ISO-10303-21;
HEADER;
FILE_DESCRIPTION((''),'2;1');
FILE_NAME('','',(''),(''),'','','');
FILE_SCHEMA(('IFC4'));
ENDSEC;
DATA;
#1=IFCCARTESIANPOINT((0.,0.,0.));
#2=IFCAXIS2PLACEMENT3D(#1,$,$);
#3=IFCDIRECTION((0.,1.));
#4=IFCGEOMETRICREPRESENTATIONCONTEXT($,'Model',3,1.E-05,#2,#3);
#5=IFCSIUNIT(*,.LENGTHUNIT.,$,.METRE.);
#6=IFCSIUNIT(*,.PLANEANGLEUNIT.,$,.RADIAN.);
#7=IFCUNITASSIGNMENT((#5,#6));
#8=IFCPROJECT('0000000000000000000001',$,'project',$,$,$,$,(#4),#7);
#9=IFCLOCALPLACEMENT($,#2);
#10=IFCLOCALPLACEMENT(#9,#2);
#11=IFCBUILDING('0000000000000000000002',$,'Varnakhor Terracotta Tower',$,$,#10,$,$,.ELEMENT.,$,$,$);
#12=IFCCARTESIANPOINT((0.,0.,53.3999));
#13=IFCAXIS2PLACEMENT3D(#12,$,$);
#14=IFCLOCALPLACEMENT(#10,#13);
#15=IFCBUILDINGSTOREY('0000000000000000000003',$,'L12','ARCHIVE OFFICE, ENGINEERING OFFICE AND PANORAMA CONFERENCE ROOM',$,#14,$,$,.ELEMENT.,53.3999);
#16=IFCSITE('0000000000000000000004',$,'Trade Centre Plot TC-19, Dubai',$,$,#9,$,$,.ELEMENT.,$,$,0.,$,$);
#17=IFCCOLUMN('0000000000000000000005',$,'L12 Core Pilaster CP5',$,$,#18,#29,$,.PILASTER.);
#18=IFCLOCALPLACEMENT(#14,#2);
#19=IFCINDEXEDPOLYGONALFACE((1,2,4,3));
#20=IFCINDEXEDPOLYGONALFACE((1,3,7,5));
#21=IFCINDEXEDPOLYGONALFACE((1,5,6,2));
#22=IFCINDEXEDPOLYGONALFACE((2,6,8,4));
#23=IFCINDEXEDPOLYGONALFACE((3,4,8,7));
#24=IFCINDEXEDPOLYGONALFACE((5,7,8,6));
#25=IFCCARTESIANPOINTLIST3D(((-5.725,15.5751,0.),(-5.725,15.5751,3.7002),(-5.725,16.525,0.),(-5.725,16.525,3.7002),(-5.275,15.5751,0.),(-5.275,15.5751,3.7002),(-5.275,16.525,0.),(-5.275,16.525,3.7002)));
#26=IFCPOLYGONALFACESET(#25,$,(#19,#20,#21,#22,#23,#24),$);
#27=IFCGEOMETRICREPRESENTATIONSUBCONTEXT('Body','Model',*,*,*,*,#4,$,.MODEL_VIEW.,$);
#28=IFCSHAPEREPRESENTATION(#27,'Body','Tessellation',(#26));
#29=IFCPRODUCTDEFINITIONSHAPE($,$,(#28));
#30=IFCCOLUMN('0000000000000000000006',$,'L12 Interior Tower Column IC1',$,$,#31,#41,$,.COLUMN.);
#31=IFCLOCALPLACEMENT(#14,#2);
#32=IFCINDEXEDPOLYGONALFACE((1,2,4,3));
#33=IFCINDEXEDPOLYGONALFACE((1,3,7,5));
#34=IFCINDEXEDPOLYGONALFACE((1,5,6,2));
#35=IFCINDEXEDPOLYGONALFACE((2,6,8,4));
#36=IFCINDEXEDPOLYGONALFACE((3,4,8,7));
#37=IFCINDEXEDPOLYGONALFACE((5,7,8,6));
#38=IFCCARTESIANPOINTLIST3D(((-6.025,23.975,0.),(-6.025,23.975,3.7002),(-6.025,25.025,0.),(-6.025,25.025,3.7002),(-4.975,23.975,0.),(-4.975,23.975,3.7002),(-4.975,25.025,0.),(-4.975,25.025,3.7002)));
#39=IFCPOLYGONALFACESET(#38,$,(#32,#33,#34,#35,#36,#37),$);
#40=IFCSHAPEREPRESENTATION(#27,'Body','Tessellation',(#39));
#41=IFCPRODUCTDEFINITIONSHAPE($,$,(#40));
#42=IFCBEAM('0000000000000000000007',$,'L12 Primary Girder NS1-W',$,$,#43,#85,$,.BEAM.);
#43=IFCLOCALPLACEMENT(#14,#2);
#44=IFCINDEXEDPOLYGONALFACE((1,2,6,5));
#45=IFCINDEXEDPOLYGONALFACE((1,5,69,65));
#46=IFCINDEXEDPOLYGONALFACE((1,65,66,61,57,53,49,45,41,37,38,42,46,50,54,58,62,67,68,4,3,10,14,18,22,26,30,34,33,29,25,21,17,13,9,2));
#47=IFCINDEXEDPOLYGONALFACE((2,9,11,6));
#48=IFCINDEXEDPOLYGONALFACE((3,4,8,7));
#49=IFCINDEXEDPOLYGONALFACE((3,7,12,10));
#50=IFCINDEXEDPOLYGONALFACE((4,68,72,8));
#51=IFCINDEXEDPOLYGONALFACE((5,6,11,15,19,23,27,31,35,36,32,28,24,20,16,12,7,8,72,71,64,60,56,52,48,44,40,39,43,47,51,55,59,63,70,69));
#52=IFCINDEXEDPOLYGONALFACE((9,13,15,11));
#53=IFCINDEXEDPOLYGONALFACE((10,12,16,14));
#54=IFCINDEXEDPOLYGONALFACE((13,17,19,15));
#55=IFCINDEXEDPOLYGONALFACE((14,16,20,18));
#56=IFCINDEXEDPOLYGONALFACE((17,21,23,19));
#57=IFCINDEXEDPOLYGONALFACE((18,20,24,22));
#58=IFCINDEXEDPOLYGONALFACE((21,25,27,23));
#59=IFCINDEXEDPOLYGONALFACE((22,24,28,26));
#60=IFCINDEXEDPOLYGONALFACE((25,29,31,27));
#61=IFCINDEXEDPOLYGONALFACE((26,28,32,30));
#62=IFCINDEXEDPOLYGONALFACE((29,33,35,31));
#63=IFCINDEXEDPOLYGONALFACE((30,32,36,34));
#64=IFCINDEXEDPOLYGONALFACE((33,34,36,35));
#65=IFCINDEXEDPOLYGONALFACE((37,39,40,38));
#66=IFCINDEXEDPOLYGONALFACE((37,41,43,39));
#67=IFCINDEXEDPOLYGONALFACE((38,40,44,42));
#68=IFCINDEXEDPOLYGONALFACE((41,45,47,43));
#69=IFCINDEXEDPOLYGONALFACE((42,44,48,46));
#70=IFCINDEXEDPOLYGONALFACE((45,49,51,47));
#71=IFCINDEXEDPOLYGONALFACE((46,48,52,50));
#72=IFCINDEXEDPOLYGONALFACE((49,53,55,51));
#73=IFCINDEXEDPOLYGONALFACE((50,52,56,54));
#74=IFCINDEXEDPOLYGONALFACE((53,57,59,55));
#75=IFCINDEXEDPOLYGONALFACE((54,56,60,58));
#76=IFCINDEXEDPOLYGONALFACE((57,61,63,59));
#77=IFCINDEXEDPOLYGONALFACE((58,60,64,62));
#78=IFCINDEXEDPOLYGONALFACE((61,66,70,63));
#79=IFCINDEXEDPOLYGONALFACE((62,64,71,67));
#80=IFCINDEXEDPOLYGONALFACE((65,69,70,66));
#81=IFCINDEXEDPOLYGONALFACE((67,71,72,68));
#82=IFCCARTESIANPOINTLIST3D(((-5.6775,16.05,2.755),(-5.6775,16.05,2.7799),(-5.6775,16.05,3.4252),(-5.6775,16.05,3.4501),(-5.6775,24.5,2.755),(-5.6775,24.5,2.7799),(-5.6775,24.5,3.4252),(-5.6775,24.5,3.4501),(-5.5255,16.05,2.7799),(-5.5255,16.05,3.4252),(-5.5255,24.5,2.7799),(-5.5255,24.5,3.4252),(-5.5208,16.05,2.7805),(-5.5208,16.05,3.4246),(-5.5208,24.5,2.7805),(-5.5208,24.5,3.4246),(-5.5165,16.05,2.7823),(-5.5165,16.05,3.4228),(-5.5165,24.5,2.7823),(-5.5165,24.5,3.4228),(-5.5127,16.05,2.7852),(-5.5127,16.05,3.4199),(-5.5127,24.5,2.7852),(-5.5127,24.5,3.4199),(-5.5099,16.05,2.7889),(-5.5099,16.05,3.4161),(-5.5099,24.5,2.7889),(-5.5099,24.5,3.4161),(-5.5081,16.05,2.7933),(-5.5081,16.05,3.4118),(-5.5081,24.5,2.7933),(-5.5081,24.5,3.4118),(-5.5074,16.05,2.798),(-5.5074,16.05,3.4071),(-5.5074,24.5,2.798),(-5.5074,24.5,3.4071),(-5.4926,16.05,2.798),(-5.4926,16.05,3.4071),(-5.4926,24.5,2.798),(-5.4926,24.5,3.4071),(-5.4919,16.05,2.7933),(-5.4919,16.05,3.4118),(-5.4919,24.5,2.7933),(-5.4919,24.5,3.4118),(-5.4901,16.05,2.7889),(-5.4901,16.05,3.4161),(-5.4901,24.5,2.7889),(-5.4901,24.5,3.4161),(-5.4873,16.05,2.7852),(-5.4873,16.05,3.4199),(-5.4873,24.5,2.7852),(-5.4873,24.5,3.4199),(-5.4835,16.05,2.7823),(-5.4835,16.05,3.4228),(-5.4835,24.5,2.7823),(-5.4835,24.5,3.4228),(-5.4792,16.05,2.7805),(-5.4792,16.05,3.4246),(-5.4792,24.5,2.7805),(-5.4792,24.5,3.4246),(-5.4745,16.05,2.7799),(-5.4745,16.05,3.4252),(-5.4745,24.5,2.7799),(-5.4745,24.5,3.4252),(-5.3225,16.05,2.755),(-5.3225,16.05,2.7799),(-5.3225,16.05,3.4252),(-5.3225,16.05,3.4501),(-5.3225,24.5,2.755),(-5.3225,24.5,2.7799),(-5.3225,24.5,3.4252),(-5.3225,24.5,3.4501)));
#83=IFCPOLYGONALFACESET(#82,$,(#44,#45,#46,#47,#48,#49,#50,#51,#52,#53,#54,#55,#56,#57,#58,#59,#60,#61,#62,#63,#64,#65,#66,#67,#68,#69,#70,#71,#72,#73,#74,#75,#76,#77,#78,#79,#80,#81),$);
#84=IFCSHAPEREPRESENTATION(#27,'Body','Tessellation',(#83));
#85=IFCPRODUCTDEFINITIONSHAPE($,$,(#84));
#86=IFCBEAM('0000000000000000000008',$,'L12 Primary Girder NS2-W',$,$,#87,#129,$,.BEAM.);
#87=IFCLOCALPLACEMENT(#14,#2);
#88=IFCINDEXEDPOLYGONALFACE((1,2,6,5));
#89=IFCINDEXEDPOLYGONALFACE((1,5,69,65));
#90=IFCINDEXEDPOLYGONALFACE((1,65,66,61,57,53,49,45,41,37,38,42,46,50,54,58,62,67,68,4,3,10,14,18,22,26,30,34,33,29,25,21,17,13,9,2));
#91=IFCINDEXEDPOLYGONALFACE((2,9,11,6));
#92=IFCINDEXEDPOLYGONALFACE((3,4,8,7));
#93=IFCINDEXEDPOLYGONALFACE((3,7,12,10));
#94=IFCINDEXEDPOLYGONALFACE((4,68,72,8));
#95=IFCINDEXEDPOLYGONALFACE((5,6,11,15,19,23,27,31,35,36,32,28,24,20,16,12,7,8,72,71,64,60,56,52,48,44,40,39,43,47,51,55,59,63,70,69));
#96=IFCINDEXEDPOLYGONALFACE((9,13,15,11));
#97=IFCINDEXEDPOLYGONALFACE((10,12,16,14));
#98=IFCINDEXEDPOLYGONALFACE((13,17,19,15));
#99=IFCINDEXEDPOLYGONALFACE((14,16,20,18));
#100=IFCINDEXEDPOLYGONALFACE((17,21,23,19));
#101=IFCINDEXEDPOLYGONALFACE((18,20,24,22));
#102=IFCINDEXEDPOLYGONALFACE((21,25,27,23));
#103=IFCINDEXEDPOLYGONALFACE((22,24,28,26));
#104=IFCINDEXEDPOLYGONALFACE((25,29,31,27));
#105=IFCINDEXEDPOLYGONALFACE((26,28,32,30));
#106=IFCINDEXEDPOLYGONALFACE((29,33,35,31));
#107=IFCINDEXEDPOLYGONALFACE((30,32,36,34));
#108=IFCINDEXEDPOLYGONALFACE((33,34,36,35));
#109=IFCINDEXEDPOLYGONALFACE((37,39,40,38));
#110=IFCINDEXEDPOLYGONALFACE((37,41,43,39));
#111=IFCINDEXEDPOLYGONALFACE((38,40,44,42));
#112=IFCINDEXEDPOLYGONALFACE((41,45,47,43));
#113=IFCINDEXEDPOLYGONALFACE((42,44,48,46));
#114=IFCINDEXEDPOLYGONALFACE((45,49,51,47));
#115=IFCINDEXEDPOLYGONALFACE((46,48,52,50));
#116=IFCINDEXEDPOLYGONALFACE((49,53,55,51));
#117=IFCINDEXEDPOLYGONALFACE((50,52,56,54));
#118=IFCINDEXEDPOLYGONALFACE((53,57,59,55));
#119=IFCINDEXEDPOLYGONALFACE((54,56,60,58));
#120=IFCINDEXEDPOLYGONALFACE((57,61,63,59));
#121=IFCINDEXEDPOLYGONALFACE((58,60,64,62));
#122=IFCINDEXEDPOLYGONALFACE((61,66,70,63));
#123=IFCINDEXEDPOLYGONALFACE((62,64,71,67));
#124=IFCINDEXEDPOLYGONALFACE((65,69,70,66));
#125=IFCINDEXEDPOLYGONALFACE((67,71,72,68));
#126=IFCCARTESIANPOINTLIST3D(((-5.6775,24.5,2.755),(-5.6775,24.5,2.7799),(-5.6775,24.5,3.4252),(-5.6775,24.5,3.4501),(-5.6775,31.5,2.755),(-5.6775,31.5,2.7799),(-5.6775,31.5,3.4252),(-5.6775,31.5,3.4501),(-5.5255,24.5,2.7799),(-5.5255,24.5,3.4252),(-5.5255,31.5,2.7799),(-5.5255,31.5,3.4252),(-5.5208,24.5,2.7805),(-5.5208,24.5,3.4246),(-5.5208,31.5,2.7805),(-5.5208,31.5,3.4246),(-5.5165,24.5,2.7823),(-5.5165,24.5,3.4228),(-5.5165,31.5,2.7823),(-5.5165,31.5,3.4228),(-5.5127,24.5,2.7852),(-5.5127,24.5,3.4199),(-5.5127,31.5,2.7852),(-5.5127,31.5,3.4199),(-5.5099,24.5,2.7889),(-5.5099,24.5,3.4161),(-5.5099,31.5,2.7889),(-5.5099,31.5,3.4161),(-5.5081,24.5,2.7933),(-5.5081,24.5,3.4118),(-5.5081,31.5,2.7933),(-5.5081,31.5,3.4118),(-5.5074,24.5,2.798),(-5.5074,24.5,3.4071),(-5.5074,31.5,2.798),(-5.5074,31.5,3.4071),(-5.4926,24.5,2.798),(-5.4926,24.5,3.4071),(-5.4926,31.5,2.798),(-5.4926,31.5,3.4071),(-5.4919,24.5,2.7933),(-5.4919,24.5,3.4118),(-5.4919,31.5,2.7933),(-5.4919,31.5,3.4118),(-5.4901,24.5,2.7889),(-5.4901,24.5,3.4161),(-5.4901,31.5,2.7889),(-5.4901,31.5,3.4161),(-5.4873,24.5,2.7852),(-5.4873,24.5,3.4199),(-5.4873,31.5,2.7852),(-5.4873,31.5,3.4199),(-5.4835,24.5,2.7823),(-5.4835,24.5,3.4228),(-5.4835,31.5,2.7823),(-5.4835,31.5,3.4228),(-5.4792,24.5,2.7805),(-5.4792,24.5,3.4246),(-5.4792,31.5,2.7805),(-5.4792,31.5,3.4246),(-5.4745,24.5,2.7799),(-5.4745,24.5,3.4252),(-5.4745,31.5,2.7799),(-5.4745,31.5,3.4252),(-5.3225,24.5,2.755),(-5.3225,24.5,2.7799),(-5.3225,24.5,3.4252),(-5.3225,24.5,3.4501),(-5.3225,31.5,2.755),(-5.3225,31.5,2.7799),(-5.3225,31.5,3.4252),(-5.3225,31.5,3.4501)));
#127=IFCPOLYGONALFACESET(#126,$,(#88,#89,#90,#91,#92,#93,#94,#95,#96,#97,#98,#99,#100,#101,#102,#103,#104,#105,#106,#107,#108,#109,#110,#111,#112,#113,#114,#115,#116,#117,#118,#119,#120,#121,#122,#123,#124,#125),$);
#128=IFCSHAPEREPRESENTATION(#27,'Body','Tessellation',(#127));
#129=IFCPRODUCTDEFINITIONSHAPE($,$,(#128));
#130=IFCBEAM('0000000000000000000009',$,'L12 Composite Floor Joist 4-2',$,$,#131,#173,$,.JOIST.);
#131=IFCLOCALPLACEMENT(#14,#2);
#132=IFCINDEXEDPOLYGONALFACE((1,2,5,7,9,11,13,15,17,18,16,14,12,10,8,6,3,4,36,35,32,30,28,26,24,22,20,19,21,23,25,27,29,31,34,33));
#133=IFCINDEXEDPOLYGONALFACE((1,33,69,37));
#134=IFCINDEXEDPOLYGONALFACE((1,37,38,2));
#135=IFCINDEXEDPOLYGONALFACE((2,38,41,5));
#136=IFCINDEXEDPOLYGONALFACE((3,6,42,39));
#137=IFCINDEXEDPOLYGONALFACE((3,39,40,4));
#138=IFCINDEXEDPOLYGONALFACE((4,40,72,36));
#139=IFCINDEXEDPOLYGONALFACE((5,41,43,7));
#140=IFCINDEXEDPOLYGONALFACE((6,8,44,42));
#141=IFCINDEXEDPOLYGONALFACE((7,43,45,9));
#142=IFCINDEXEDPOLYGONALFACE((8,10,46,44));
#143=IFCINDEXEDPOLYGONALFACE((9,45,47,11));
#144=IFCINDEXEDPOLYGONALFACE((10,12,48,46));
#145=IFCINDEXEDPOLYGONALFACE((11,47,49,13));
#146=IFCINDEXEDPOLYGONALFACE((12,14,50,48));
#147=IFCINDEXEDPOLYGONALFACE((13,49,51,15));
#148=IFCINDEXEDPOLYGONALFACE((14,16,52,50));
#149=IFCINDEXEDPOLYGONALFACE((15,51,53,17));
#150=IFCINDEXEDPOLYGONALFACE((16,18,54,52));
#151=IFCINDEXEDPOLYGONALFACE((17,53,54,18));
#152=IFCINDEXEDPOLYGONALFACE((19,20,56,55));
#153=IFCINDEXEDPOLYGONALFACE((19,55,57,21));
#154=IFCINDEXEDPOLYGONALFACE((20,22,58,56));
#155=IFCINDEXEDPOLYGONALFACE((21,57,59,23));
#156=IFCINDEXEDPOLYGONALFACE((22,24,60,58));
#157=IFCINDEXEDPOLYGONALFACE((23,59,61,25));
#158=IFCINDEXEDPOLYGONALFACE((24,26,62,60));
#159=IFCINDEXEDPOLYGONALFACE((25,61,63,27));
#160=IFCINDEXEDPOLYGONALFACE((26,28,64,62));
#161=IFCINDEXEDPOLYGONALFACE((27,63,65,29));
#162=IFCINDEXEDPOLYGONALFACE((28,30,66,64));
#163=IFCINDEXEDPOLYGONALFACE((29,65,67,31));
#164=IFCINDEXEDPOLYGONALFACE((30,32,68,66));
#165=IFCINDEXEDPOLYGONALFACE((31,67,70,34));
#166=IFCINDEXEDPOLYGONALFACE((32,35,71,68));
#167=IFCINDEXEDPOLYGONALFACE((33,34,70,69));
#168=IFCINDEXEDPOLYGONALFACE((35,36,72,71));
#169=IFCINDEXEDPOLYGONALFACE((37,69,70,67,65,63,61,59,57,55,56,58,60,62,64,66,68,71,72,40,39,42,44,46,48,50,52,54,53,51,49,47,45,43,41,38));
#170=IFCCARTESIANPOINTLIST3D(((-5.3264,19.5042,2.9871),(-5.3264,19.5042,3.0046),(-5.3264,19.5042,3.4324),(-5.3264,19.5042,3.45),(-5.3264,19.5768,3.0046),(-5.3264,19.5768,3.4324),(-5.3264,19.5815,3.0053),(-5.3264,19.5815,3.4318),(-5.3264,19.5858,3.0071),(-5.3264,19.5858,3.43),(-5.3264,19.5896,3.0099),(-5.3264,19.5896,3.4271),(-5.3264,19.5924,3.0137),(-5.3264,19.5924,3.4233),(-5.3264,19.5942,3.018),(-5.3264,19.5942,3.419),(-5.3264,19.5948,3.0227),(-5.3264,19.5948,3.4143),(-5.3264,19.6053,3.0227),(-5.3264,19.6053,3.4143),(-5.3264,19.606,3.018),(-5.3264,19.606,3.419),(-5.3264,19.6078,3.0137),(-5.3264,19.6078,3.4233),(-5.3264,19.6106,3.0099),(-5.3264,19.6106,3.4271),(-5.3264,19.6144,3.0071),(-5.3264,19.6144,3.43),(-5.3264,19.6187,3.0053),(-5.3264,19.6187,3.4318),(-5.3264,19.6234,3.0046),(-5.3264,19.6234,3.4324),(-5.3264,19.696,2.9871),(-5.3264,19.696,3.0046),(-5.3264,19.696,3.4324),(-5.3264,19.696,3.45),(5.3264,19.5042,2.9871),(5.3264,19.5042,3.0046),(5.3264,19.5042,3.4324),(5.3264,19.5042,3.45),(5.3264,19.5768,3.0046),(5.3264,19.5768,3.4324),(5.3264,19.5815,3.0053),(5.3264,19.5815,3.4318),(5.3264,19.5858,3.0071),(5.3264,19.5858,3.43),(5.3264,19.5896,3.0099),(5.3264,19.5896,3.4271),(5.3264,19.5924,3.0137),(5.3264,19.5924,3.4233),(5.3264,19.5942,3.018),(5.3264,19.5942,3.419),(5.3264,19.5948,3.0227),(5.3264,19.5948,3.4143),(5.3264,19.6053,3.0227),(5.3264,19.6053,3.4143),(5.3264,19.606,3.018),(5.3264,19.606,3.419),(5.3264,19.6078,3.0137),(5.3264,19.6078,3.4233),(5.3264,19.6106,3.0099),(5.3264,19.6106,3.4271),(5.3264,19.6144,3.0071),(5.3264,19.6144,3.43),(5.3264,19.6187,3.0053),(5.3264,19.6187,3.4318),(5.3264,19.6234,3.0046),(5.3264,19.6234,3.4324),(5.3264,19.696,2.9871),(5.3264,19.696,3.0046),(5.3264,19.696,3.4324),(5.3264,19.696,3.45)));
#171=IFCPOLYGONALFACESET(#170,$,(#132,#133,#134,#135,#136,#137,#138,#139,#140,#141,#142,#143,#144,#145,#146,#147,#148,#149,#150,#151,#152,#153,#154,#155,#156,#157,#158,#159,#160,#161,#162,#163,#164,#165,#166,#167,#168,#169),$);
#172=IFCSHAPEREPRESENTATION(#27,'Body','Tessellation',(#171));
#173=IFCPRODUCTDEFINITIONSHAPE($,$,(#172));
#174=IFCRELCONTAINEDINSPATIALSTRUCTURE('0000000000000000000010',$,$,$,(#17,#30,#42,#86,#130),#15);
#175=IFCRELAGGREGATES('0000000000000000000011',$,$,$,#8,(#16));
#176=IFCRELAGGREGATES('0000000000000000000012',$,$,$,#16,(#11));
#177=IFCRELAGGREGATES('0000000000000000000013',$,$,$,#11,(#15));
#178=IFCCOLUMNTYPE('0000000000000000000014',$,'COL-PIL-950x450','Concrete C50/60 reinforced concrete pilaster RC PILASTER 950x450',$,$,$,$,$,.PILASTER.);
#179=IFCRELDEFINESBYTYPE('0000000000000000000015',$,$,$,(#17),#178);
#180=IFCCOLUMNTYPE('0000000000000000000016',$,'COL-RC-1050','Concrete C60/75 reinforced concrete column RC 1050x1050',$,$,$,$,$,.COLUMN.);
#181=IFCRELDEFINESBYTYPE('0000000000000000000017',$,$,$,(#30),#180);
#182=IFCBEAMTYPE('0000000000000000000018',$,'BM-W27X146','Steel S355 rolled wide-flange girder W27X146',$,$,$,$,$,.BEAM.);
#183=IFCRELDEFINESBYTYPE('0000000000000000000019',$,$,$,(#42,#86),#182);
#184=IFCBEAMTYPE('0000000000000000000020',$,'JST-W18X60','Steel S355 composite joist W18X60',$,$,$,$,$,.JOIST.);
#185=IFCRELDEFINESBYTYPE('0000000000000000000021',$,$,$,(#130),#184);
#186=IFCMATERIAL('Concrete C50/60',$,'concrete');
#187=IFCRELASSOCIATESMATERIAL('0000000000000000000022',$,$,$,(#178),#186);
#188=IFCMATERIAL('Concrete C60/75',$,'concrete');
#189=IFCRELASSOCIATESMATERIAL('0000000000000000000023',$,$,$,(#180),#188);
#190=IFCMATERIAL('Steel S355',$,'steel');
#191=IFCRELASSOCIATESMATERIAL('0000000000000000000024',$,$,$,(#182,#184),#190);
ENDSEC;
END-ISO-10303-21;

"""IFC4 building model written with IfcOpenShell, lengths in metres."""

from ifc_helpers import new_model, si_unit, direction, frame, origin, origin_2d, place, context, subcontext, project, spatial, rectangle, i_section, extrude, source, transform, mapped, material, material_profile, profile_set, type_object, type_shapes, element, save


model = new_model("IFC4")

# Units and contexts
model_context = context("Model", 3, precision=1e-05, world=origin(), true_north=direction((0.0, 1.0)))
body_context = subcontext(model_context, "Body", "Model", "MODEL_VIEW")
ifc_project = project(units=[si_unit("LENGTHUNIT", "METRE"), si_unit("PLANEANGLEUNIT", "RADIAN")], contexts=[model_context])

# Site, building, storey
site_placement = place(None, origin())
site = spatial("IfcSite", under=ifc_project, at=site_placement, Name="Trade Centre Plot TC-19, Dubai", CompositionType="ELEMENT", RefElevation=0.0)
building_placement = place(site_placement, origin())
building = spatial("IfcBuilding", under=site, at=building_placement, Name="Varnakhor Terracotta Tower", CompositionType="ELEMENT")
storey_placement = place(building_placement, frame((0.0, 0.0, 53.3999)))
storey = spatial("IfcBuildingStorey", under=building, at=storey_placement, Name="L12", Description="ARCHIVE OFFICE, ENGINEERING OFFICE AND PANORAMA CONFERENCE ROOM", CompositionType="ELEMENT", Elevation=53.3999)

# Columns
ifc_material_1 = material(Name="Concrete C50/60", Category="concrete")
ifc_material_profile_1 = material_profile(ifc_material_1, rectangle(XDim=0.45, YDim=0.95, at=origin_2d()), Name="RC PILASTER 950x450")
ifc_profile_set_1 = profile_set([ifc_material_profile_1], Name="Concrete C50/60")
column_type_1 = type_object("IfcColumnType", Name="COL-PIL-950x450", Description="Concrete C50/60 reinforced concrete pilaster RC PILASTER 950x450", PredefinedType="PILASTER", material=ifc_profile_set_1)
shared_shape_1 = source(origin(), body_context, "Body", "SweptSolid", [
    extrude(rectangle(XDim=0.45, YDim=0.95, at=origin_2d()), origin(), (0.0, 0.0, 1.0), 3.7002),
])
column_1_placement = place(storey_placement, frame((-5.5, 16.05, 0.0), z_axis=(0.0, 0.0, 1.0), x_axis=(1.0, 0.0, 0.0)))
element("IfcColumn", 1, at=column_1_placement, inside=storey, type_object=column_type_1, Name="L12 Core Pilaster CP5", PredefinedType="PILASTER", context=body_context, shape_type="MappedRepresentation", body=[
    mapped(shared_shape_1, transform((0.0, 0.0, 0.0), scale=1.0)),
])
ifc_material_2 = material(Name="Concrete C60/75", Category="concrete")
ifc_material_profile_2 = material_profile(ifc_material_2, rectangle(XDim=1.05, YDim=1.05, at=origin_2d()), Name="RC 1050x1050")
ifc_profile_set_2 = profile_set([ifc_material_profile_2], Name="Concrete C60/75")
column_type_2 = type_object("IfcColumnType", Name="COL-RC-1050", Description="Concrete C60/75 reinforced concrete column RC 1050x1050", PredefinedType="COLUMN", material=ifc_profile_set_2)
shared_shape_2 = source(origin(), body_context, "Body", "SweptSolid", [
    extrude(rectangle(XDim=1.05, YDim=1.05, at=origin_2d()), origin(), (0.0, 0.0, 1.0), 3.7002),
])
column_2_placement = place(storey_placement, frame((-5.5, 24.5, 0.0), z_axis=(0.0, 0.0, 1.0), x_axis=(1.0, 0.0, 0.0)))
element("IfcColumn", 2, at=column_2_placement, inside=storey, type_object=column_type_2, Name="L12 Interior Tower Column IC1", PredefinedType="COLUMN", context=body_context, shape_type="MappedRepresentation", body=[
    mapped(shared_shape_2, transform((0.0, 0.0, 0.0), scale=1.0)),
])

# Beams
ifc_material_3 = material(Name="Steel S355", Category="steel")
ifc_material_profile_3 = material_profile(ifc_material_3, i_section(OverallWidth=0.355, OverallDepth=0.6951, WebThickness=0.0149, FlangeThickness=0.0249, FilletRadius=0.0181, at=origin_2d()), Name="W27X146")
ifc_profile_set_3 = profile_set([ifc_material_profile_3], Name="Steel S355")
beam_type_1 = type_object("IfcBeamType", Name="BM-W27X146", Description="Steel S355 rolled wide-flange girder W27X146", PredefinedType="BEAM", material=ifc_profile_set_3)
shared_shape_3 = source(origin(), body_context, "Body", "SweptSolid", [
    extrude(i_section(OverallWidth=0.355, OverallDepth=0.6951, WebThickness=0.0149, FlangeThickness=0.0249, FilletRadius=0.0181, at=origin_2d()), origin(), (0.0, 0.0, 1.0), 8.45),
])
type_shapes(beam_type_1, [shared_shape_3])
beam_1_placement = place(storey_placement, frame((-5.5, 16.05, 3.1025), z_axis=(0.0, 1.0, 0.0), x_axis=(-1.0, 0.0, 0.0)))
element("IfcBeam", 3, at=beam_1_placement, inside=storey, type_object=beam_type_1, Name="L12 Primary Girder NS1-W", PredefinedType="BEAM", context=body_context, shape_type="MappedRepresentation", body=[
    mapped(shared_shape_3, transform((0.0, 0.0, 0.0), scale=1.0)),
])
shared_shape_4 = source(origin(), body_context, "Body", "SweptSolid", [
    extrude(i_section(OverallWidth=0.355, OverallDepth=0.6951, WebThickness=0.0149, FlangeThickness=0.0249, FilletRadius=0.0181, at=origin_2d()), origin(), (0.0, 0.0, 1.0), 7.0),
])
beam_2_placement = place(storey_placement, frame((-5.5, 24.5, 3.1025), z_axis=(0.0, 1.0, 0.0), x_axis=(-1.0, 0.0, 0.0)))
element("IfcBeam", 4, at=beam_2_placement, inside=storey, type_object=beam_type_1, Name="L12 Primary Girder NS2-W", PredefinedType="BEAM", context=body_context, shape_type="MappedRepresentation", body=[
    mapped(shared_shape_4, transform((0.0, 0.0, 0.0), scale=1.0)),
])
ifc_material_profile_4 = material_profile(ifc_material_3, i_section(OverallWidth=0.1919, OverallDepth=0.4629, WebThickness=0.0105, FlangeThickness=0.0176, FilletRadius=0.0181, at=origin_2d()), Name="W18X60")
ifc_profile_set_4 = profile_set([ifc_material_profile_4], Name="Steel S355")
beam_type_2 = type_object("IfcBeamType", Name="JST-W18X60", Description="Steel S355 composite joist W18X60", PredefinedType="JOIST", material=ifc_profile_set_4)
shared_shape_5 = source(origin(), body_context, "Body", "SweptSolid", [
    extrude(i_section(OverallWidth=0.1919, OverallDepth=0.4629, WebThickness=0.0105, FlangeThickness=0.0176, FilletRadius=0.0181, at=origin_2d()), origin(), (0.0, 0.0, 1.0), 10.6528),
])
for number, where, z_axis, x_axis, name in (
    (5, (-5.3264, 19.6001, 3.2185), (1.0, 0.0, 0.0), (0.0, 1.0, 0.0), "L12 Composite Floor Joist 4-2"),
):
    element("IfcBeam", number, at=place(storey_placement, frame(where, z_axis=z_axis, x_axis=x_axis)), inside=storey, type_object=beam_type_2, Name=name, PredefinedType="JOIST", context=body_context, shape_type="MappedRepresentation", body=[
        mapped(shared_shape_5, transform((0.0, 0.0, 0.0), scale=1.0)),
    ])

save(model, "model.ifc")
